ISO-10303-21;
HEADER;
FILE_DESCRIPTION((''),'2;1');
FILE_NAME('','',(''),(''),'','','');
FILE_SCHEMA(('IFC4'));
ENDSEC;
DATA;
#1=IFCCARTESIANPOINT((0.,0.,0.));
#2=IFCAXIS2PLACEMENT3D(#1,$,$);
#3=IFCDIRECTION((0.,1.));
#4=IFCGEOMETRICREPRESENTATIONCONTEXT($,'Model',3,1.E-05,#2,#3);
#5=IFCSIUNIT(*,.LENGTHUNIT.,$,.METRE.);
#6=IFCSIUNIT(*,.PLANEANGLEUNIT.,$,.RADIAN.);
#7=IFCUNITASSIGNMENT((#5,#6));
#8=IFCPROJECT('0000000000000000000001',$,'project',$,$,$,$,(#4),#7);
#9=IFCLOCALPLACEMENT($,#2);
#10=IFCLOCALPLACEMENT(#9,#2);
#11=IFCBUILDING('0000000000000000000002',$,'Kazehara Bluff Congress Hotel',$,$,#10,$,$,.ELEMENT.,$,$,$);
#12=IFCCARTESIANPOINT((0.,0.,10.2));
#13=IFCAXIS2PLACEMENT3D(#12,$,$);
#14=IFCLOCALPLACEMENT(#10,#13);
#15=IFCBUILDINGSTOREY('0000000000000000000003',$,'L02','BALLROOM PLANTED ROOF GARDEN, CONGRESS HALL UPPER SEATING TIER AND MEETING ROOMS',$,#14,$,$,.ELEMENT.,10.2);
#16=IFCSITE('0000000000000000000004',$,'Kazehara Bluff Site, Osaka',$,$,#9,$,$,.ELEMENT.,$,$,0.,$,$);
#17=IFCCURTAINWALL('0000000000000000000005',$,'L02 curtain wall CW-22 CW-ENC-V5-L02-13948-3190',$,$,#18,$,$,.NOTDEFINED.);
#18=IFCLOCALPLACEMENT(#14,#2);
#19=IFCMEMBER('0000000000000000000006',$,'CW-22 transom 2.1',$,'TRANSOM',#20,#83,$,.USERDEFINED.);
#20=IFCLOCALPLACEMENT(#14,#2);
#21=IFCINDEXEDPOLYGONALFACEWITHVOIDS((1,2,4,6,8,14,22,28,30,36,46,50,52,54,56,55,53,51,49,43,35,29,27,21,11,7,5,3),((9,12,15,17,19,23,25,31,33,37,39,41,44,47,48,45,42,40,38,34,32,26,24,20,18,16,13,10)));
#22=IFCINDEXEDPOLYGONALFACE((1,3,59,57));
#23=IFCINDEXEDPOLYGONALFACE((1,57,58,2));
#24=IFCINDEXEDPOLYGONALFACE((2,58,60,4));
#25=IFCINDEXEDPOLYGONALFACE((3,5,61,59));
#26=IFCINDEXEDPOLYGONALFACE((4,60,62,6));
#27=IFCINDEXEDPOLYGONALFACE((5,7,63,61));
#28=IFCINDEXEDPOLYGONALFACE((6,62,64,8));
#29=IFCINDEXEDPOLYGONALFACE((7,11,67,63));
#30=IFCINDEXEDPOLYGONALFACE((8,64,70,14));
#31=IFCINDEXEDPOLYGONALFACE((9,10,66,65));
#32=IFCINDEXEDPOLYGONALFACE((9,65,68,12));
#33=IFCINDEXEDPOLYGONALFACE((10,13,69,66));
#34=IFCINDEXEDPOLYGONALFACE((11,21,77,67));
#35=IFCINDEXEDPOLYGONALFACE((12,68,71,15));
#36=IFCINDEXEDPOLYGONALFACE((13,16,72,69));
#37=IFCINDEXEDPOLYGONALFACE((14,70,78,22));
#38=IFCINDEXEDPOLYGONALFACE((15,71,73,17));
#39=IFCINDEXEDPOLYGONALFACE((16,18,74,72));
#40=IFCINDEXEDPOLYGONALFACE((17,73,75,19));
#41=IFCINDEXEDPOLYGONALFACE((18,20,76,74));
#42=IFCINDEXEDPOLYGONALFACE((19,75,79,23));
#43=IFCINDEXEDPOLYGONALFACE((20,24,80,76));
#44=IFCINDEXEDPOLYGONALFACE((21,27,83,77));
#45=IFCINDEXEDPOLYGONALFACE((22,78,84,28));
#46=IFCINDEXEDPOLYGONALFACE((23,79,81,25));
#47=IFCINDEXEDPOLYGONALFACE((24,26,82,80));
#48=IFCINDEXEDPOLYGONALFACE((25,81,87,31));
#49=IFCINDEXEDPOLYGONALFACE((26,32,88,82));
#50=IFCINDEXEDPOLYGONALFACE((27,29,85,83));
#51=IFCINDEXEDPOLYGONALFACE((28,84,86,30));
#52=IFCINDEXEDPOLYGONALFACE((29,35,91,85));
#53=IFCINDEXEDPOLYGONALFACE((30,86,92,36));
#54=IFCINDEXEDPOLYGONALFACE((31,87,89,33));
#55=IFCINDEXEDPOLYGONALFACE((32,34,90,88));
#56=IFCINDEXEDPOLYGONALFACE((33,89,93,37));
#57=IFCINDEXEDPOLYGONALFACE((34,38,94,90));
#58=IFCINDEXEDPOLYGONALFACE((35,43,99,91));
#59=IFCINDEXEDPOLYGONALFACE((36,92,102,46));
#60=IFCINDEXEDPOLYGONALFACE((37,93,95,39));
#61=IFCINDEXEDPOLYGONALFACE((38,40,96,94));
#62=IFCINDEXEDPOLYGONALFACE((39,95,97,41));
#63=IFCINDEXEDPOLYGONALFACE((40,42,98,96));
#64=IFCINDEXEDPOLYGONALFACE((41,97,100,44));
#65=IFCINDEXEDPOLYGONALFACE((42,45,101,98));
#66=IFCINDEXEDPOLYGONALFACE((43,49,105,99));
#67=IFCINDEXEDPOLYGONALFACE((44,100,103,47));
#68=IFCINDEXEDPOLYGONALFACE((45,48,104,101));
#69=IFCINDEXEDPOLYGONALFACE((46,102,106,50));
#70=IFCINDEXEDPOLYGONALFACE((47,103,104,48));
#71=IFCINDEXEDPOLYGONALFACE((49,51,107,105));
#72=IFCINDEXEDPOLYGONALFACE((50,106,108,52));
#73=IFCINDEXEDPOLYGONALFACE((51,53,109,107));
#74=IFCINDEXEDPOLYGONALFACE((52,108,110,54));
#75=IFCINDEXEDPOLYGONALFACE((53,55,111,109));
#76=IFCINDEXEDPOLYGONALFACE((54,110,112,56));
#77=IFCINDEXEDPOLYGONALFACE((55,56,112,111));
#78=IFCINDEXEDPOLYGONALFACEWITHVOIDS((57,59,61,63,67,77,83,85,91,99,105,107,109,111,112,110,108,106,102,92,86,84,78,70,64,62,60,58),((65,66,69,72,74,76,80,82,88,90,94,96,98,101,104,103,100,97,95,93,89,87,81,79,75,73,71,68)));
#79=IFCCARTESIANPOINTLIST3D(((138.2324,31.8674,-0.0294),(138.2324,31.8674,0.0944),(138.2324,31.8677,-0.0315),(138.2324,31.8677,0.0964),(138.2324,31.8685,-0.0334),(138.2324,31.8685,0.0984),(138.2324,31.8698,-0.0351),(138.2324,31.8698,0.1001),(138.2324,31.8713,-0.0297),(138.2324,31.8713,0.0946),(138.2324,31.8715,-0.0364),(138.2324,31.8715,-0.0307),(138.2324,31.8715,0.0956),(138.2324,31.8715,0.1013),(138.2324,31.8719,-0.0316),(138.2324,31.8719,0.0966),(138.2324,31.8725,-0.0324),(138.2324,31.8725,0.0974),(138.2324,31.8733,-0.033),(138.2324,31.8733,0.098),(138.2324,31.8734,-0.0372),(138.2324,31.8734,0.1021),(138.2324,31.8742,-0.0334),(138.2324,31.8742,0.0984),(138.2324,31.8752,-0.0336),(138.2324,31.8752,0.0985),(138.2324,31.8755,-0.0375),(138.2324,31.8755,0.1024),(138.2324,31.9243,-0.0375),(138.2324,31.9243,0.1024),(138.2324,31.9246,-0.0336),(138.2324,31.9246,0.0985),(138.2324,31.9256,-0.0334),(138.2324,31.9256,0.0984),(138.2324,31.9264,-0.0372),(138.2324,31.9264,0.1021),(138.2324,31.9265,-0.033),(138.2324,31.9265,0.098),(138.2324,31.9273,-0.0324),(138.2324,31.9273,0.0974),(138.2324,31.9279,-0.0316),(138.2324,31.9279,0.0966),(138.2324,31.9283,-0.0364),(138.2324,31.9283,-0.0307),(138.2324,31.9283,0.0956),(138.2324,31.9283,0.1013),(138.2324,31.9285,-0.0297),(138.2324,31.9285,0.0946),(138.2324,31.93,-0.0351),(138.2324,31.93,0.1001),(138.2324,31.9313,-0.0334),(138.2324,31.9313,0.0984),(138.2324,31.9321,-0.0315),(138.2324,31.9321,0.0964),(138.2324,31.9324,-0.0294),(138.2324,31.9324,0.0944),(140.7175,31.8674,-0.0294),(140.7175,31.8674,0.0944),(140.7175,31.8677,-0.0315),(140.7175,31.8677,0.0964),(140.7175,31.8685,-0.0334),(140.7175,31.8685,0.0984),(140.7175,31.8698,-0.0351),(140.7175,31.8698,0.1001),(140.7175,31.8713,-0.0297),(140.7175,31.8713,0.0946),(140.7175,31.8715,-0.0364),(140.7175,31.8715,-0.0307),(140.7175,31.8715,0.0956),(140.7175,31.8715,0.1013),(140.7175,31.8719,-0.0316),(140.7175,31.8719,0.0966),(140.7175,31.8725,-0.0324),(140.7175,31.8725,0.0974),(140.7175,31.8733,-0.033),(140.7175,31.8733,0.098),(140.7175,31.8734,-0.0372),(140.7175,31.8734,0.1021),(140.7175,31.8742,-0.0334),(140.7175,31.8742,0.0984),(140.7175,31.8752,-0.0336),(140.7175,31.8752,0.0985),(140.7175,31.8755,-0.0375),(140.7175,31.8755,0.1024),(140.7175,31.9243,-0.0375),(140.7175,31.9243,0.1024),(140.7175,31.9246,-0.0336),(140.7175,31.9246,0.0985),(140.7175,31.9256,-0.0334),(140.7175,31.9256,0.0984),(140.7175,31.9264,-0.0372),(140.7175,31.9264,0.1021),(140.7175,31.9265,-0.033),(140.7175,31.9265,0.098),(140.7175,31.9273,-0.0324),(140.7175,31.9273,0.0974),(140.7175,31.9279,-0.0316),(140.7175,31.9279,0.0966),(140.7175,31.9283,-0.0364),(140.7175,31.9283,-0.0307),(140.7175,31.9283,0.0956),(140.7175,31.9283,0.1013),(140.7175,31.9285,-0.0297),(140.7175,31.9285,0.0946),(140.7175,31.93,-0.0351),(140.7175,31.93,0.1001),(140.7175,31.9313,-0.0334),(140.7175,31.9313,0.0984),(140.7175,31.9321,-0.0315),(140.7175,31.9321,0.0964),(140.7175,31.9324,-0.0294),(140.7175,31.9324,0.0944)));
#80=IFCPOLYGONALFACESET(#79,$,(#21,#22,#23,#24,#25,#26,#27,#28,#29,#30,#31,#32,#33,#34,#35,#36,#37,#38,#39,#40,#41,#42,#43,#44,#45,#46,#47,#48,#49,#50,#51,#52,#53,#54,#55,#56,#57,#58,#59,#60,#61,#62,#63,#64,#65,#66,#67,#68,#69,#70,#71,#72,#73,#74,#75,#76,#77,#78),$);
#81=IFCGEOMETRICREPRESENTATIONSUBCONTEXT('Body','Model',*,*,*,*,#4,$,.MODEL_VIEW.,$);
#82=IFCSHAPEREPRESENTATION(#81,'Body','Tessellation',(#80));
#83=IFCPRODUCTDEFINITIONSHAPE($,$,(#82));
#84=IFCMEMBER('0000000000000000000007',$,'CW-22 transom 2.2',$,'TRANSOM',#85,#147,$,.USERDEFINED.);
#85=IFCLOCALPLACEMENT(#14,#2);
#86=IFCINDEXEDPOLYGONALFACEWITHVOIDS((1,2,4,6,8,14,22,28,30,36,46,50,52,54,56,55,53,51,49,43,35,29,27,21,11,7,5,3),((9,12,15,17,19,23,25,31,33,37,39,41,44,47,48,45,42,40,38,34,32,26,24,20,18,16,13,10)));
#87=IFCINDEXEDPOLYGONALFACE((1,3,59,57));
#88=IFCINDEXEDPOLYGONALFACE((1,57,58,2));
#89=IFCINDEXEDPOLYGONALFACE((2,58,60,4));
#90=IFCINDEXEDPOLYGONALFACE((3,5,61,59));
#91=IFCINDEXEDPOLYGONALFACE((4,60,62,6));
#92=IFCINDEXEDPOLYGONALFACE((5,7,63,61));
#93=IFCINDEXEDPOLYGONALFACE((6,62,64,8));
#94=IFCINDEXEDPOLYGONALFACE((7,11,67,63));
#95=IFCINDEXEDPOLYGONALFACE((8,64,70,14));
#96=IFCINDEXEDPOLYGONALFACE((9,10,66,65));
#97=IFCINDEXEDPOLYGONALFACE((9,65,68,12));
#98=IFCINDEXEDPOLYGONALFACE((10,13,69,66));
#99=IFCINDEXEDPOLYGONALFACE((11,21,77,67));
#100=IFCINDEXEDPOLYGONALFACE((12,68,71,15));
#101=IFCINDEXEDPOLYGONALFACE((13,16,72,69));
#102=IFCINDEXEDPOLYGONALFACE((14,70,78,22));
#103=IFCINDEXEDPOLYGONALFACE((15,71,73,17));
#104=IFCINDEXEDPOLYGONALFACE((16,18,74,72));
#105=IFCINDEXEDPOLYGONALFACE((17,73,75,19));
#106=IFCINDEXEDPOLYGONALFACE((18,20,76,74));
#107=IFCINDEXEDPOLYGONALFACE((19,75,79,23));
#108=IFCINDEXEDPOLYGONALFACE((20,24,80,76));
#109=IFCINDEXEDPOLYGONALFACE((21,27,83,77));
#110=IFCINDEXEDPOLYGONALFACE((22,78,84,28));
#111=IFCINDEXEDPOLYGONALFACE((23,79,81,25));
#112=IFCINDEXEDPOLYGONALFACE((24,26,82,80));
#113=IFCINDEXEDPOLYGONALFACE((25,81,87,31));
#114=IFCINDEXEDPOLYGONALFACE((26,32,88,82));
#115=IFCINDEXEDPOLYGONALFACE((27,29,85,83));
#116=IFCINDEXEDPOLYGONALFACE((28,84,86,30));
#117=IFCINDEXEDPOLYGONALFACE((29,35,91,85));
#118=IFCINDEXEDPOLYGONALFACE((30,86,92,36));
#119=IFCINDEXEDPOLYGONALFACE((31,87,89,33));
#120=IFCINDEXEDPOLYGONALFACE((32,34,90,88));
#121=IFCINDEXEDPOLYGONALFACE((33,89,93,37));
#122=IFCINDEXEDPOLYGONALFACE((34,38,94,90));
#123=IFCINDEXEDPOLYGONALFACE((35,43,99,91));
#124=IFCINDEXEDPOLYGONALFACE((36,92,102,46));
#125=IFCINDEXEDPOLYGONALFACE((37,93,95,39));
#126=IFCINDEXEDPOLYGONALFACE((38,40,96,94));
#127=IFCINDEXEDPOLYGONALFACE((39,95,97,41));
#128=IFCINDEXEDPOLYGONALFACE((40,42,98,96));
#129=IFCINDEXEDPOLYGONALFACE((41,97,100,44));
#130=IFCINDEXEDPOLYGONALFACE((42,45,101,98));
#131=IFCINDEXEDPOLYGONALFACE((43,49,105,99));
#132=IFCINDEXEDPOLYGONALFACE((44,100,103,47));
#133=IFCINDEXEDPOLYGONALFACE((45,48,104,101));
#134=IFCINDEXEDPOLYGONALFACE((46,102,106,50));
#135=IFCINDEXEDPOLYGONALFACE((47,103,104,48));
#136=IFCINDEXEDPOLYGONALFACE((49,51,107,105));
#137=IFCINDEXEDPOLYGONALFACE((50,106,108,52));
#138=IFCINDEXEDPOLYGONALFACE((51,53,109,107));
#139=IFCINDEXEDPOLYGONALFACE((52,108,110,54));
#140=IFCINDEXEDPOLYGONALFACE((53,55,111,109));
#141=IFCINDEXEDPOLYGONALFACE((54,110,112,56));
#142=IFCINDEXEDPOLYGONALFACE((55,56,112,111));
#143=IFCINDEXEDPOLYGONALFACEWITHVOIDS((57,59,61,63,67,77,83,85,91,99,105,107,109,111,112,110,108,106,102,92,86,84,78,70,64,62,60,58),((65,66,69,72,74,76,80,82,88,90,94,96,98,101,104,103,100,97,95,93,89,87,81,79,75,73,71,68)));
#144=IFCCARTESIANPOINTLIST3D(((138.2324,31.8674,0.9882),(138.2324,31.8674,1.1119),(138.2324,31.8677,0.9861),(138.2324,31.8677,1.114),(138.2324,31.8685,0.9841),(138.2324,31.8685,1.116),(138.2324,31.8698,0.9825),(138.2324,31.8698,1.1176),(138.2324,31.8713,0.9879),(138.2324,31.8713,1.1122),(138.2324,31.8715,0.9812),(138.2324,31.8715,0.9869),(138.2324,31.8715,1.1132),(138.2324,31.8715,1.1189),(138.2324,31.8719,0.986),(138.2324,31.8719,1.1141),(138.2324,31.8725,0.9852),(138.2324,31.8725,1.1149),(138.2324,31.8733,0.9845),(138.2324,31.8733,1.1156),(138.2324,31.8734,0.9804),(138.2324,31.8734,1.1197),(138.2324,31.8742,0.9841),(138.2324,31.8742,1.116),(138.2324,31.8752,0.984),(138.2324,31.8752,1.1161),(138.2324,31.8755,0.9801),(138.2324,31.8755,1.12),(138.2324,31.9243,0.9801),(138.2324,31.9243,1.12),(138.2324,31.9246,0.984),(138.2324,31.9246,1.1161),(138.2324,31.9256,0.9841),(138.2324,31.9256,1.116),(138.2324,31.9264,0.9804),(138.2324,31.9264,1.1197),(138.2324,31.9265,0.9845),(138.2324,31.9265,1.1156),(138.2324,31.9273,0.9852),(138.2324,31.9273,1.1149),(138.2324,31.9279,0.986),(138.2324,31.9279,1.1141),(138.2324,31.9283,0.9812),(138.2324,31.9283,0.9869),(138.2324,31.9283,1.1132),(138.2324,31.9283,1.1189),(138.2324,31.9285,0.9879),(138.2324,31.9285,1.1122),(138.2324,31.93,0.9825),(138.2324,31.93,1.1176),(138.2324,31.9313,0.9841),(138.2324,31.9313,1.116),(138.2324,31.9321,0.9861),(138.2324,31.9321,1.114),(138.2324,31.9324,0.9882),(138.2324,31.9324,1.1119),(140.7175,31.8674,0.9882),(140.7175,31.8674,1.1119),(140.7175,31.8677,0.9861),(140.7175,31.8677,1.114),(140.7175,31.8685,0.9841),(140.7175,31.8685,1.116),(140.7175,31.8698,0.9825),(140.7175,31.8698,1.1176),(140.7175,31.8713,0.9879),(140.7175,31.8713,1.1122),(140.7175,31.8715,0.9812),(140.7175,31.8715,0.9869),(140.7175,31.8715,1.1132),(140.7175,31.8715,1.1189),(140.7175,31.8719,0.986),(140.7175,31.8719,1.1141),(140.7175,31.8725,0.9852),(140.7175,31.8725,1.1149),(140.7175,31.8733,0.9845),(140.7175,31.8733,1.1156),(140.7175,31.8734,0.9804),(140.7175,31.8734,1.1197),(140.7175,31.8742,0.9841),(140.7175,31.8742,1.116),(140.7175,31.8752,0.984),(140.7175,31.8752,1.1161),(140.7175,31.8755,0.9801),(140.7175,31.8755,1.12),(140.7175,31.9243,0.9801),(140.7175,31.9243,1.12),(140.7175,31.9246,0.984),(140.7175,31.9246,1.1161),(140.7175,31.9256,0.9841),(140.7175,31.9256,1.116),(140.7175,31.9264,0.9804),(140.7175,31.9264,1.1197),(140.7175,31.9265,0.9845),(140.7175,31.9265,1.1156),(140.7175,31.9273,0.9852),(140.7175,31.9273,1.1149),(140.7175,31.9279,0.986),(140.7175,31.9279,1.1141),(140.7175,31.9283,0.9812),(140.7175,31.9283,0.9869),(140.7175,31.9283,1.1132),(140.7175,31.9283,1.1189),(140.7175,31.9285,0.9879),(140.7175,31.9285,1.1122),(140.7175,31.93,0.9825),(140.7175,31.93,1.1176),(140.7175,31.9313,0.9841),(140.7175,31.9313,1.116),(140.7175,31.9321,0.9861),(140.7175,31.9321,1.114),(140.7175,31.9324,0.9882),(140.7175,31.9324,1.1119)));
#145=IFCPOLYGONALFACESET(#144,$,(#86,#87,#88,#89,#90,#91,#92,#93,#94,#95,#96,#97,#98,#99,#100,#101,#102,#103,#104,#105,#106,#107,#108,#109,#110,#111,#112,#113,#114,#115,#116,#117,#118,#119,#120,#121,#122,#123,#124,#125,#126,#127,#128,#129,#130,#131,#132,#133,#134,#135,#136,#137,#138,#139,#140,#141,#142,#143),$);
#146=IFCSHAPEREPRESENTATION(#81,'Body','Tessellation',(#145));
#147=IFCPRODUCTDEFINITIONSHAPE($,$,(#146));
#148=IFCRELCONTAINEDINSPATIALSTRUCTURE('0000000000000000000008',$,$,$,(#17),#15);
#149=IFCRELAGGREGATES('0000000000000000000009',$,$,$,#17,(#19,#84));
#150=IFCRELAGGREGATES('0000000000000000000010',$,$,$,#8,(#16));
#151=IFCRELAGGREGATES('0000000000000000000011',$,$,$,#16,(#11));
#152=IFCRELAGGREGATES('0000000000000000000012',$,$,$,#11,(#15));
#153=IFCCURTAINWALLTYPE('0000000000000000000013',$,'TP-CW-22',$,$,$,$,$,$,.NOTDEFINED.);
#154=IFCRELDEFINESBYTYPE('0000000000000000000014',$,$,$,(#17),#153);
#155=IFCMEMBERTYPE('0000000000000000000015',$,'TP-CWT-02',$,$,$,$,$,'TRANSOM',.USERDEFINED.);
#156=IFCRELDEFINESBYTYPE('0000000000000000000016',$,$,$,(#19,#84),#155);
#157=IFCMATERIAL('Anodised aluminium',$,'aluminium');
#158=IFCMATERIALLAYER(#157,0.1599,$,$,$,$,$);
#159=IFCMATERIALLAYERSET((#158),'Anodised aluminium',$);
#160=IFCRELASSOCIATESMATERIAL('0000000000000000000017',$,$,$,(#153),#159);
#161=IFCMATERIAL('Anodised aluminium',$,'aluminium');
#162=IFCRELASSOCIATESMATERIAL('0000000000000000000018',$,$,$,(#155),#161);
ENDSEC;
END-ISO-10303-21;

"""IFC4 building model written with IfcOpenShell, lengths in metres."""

from ifc_helpers import new_model, si_unit, direction, frame, origin, origin_2d, place, context, subcontext, project, spatial, hollow_rectangle, extrude, material, layer, layer_set, material_profile, profile_set, type_object, element, aggregate, save


model = new_model("IFC4")

# Units and contexts
model_context = context("Model", 3, precision=1e-05, world=origin(), true_north=direction((0.0, 1.0)))
body_context = subcontext(model_context, "Body", "Model", "MODEL_VIEW")
ifc_project = project(units=[si_unit("LENGTHUNIT", "METRE"), si_unit("PLANEANGLEUNIT", "RADIAN")], contexts=[model_context])

# Site, building, storey
site_placement = place(None, origin())
site = spatial("IfcSite", under=ifc_project, at=site_placement, Name="Kazehara Bluff Site, Osaka", CompositionType="ELEMENT", RefElevation=0.0)
building_placement = place(site_placement, origin())
building = spatial("IfcBuilding", under=site, at=building_placement, Name="Kazehara Bluff Congress Hotel", CompositionType="ELEMENT")
storey_placement = place(building_placement, frame((0.0, 0.0, 10.2)))
storey = spatial("IfcBuildingStorey", under=building, at=storey_placement, Name="L02", Description="BALLROOM PLANTED ROOF GARDEN, CONGRESS HALL UPPER SEATING TIER AND MEETING ROOMS", CompositionType="ELEMENT", Elevation=10.2)

# Shared definitions
ifc_material_1 = material(Name="Anodised aluminium", Category="aluminium")
ifc_layer_1 = layer(ifc_material_1, 0.1599)
ifc_layer_set_1 = layer_set([ifc_layer_1], Name="Anodised aluminium")
curtain_wall_type = type_object("IfcCurtainWallType", Name="TP-CW-22", PredefinedType="NOTDEFINED", material=ifc_layer_set_1)

# Curtain wall, members
curtain_wall_1_placement = place(storey_placement, origin())
curtain_wall_1 = element("IfcCurtainWall", 1, at=curtain_wall_1_placement, inside=storey, type_object=curtain_wall_type, Name="L02 curtain wall CW-22 CW-ENC-V5-L02-13948-3190", PredefinedType="NOTDEFINED")
ifc_material_2 = material(Name="Anodised aluminium", Category="aluminium")
ifc_material_profile_1 = material_profile(ifc_material_2, hollow_rectangle(XDim=0.0649, YDim=0.1399, WallThickness=0.0039, InnerFilletRadius=0.0039, OuterFilletRadius=0.0081, at=origin_2d()))
ifc_profile_set_1 = profile_set([ifc_material_profile_1], Name="Anodised aluminium")
member_type_1 = type_object("IfcMemberType", Name="TP-CWT-02", ElementType="TRANSOM", PredefinedType="USERDEFINED", material=ifc_profile_set_1)
member_1_placement = place(storey_placement, frame((138.2324, 31.8999, 0.0325), z_axis=(1.0, 0.0, 0.0), x_axis=(0.0, 1.0, 0.0)))
member_1 = element("IfcMember", 2, at=member_1_placement, type_object=member_type_1, Name="CW-22 transom 2.1", ObjectType="TRANSOM", PredefinedType="USERDEFINED", context=body_context, shape_type="SweptSolid", body=[
    extrude(hollow_rectangle(XDim=0.0649, YDim=0.1399, WallThickness=0.0039, InnerFilletRadius=0.0039, OuterFilletRadius=0.0081, at=origin_2d()), origin(), (0.0, 0.0, 1.0), 2.4851),
])
member_2_placement = place(storey_placement, frame((138.2324, 31.8999, 1.05), z_axis=(1.0, 0.0, 0.0), x_axis=(0.0, 1.0, 0.0)))
member_2 = element("IfcMember", 3, at=member_2_placement, type_object=member_type_1, Name="CW-22 transom 2.2", ObjectType="TRANSOM", PredefinedType="USERDEFINED", context=body_context, shape_type="SweptSolid", body=[
    extrude(hollow_rectangle(XDim=0.0649, YDim=0.1399, WallThickness=0.0039, InnerFilletRadius=0.0039, OuterFilletRadius=0.0081, at=origin_2d()), origin(), (0.0, 0.0, 1.0), 2.4851),
])
aggregate(curtain_wall_1, [member_1, member_2])

save(model, "model.ifc")
